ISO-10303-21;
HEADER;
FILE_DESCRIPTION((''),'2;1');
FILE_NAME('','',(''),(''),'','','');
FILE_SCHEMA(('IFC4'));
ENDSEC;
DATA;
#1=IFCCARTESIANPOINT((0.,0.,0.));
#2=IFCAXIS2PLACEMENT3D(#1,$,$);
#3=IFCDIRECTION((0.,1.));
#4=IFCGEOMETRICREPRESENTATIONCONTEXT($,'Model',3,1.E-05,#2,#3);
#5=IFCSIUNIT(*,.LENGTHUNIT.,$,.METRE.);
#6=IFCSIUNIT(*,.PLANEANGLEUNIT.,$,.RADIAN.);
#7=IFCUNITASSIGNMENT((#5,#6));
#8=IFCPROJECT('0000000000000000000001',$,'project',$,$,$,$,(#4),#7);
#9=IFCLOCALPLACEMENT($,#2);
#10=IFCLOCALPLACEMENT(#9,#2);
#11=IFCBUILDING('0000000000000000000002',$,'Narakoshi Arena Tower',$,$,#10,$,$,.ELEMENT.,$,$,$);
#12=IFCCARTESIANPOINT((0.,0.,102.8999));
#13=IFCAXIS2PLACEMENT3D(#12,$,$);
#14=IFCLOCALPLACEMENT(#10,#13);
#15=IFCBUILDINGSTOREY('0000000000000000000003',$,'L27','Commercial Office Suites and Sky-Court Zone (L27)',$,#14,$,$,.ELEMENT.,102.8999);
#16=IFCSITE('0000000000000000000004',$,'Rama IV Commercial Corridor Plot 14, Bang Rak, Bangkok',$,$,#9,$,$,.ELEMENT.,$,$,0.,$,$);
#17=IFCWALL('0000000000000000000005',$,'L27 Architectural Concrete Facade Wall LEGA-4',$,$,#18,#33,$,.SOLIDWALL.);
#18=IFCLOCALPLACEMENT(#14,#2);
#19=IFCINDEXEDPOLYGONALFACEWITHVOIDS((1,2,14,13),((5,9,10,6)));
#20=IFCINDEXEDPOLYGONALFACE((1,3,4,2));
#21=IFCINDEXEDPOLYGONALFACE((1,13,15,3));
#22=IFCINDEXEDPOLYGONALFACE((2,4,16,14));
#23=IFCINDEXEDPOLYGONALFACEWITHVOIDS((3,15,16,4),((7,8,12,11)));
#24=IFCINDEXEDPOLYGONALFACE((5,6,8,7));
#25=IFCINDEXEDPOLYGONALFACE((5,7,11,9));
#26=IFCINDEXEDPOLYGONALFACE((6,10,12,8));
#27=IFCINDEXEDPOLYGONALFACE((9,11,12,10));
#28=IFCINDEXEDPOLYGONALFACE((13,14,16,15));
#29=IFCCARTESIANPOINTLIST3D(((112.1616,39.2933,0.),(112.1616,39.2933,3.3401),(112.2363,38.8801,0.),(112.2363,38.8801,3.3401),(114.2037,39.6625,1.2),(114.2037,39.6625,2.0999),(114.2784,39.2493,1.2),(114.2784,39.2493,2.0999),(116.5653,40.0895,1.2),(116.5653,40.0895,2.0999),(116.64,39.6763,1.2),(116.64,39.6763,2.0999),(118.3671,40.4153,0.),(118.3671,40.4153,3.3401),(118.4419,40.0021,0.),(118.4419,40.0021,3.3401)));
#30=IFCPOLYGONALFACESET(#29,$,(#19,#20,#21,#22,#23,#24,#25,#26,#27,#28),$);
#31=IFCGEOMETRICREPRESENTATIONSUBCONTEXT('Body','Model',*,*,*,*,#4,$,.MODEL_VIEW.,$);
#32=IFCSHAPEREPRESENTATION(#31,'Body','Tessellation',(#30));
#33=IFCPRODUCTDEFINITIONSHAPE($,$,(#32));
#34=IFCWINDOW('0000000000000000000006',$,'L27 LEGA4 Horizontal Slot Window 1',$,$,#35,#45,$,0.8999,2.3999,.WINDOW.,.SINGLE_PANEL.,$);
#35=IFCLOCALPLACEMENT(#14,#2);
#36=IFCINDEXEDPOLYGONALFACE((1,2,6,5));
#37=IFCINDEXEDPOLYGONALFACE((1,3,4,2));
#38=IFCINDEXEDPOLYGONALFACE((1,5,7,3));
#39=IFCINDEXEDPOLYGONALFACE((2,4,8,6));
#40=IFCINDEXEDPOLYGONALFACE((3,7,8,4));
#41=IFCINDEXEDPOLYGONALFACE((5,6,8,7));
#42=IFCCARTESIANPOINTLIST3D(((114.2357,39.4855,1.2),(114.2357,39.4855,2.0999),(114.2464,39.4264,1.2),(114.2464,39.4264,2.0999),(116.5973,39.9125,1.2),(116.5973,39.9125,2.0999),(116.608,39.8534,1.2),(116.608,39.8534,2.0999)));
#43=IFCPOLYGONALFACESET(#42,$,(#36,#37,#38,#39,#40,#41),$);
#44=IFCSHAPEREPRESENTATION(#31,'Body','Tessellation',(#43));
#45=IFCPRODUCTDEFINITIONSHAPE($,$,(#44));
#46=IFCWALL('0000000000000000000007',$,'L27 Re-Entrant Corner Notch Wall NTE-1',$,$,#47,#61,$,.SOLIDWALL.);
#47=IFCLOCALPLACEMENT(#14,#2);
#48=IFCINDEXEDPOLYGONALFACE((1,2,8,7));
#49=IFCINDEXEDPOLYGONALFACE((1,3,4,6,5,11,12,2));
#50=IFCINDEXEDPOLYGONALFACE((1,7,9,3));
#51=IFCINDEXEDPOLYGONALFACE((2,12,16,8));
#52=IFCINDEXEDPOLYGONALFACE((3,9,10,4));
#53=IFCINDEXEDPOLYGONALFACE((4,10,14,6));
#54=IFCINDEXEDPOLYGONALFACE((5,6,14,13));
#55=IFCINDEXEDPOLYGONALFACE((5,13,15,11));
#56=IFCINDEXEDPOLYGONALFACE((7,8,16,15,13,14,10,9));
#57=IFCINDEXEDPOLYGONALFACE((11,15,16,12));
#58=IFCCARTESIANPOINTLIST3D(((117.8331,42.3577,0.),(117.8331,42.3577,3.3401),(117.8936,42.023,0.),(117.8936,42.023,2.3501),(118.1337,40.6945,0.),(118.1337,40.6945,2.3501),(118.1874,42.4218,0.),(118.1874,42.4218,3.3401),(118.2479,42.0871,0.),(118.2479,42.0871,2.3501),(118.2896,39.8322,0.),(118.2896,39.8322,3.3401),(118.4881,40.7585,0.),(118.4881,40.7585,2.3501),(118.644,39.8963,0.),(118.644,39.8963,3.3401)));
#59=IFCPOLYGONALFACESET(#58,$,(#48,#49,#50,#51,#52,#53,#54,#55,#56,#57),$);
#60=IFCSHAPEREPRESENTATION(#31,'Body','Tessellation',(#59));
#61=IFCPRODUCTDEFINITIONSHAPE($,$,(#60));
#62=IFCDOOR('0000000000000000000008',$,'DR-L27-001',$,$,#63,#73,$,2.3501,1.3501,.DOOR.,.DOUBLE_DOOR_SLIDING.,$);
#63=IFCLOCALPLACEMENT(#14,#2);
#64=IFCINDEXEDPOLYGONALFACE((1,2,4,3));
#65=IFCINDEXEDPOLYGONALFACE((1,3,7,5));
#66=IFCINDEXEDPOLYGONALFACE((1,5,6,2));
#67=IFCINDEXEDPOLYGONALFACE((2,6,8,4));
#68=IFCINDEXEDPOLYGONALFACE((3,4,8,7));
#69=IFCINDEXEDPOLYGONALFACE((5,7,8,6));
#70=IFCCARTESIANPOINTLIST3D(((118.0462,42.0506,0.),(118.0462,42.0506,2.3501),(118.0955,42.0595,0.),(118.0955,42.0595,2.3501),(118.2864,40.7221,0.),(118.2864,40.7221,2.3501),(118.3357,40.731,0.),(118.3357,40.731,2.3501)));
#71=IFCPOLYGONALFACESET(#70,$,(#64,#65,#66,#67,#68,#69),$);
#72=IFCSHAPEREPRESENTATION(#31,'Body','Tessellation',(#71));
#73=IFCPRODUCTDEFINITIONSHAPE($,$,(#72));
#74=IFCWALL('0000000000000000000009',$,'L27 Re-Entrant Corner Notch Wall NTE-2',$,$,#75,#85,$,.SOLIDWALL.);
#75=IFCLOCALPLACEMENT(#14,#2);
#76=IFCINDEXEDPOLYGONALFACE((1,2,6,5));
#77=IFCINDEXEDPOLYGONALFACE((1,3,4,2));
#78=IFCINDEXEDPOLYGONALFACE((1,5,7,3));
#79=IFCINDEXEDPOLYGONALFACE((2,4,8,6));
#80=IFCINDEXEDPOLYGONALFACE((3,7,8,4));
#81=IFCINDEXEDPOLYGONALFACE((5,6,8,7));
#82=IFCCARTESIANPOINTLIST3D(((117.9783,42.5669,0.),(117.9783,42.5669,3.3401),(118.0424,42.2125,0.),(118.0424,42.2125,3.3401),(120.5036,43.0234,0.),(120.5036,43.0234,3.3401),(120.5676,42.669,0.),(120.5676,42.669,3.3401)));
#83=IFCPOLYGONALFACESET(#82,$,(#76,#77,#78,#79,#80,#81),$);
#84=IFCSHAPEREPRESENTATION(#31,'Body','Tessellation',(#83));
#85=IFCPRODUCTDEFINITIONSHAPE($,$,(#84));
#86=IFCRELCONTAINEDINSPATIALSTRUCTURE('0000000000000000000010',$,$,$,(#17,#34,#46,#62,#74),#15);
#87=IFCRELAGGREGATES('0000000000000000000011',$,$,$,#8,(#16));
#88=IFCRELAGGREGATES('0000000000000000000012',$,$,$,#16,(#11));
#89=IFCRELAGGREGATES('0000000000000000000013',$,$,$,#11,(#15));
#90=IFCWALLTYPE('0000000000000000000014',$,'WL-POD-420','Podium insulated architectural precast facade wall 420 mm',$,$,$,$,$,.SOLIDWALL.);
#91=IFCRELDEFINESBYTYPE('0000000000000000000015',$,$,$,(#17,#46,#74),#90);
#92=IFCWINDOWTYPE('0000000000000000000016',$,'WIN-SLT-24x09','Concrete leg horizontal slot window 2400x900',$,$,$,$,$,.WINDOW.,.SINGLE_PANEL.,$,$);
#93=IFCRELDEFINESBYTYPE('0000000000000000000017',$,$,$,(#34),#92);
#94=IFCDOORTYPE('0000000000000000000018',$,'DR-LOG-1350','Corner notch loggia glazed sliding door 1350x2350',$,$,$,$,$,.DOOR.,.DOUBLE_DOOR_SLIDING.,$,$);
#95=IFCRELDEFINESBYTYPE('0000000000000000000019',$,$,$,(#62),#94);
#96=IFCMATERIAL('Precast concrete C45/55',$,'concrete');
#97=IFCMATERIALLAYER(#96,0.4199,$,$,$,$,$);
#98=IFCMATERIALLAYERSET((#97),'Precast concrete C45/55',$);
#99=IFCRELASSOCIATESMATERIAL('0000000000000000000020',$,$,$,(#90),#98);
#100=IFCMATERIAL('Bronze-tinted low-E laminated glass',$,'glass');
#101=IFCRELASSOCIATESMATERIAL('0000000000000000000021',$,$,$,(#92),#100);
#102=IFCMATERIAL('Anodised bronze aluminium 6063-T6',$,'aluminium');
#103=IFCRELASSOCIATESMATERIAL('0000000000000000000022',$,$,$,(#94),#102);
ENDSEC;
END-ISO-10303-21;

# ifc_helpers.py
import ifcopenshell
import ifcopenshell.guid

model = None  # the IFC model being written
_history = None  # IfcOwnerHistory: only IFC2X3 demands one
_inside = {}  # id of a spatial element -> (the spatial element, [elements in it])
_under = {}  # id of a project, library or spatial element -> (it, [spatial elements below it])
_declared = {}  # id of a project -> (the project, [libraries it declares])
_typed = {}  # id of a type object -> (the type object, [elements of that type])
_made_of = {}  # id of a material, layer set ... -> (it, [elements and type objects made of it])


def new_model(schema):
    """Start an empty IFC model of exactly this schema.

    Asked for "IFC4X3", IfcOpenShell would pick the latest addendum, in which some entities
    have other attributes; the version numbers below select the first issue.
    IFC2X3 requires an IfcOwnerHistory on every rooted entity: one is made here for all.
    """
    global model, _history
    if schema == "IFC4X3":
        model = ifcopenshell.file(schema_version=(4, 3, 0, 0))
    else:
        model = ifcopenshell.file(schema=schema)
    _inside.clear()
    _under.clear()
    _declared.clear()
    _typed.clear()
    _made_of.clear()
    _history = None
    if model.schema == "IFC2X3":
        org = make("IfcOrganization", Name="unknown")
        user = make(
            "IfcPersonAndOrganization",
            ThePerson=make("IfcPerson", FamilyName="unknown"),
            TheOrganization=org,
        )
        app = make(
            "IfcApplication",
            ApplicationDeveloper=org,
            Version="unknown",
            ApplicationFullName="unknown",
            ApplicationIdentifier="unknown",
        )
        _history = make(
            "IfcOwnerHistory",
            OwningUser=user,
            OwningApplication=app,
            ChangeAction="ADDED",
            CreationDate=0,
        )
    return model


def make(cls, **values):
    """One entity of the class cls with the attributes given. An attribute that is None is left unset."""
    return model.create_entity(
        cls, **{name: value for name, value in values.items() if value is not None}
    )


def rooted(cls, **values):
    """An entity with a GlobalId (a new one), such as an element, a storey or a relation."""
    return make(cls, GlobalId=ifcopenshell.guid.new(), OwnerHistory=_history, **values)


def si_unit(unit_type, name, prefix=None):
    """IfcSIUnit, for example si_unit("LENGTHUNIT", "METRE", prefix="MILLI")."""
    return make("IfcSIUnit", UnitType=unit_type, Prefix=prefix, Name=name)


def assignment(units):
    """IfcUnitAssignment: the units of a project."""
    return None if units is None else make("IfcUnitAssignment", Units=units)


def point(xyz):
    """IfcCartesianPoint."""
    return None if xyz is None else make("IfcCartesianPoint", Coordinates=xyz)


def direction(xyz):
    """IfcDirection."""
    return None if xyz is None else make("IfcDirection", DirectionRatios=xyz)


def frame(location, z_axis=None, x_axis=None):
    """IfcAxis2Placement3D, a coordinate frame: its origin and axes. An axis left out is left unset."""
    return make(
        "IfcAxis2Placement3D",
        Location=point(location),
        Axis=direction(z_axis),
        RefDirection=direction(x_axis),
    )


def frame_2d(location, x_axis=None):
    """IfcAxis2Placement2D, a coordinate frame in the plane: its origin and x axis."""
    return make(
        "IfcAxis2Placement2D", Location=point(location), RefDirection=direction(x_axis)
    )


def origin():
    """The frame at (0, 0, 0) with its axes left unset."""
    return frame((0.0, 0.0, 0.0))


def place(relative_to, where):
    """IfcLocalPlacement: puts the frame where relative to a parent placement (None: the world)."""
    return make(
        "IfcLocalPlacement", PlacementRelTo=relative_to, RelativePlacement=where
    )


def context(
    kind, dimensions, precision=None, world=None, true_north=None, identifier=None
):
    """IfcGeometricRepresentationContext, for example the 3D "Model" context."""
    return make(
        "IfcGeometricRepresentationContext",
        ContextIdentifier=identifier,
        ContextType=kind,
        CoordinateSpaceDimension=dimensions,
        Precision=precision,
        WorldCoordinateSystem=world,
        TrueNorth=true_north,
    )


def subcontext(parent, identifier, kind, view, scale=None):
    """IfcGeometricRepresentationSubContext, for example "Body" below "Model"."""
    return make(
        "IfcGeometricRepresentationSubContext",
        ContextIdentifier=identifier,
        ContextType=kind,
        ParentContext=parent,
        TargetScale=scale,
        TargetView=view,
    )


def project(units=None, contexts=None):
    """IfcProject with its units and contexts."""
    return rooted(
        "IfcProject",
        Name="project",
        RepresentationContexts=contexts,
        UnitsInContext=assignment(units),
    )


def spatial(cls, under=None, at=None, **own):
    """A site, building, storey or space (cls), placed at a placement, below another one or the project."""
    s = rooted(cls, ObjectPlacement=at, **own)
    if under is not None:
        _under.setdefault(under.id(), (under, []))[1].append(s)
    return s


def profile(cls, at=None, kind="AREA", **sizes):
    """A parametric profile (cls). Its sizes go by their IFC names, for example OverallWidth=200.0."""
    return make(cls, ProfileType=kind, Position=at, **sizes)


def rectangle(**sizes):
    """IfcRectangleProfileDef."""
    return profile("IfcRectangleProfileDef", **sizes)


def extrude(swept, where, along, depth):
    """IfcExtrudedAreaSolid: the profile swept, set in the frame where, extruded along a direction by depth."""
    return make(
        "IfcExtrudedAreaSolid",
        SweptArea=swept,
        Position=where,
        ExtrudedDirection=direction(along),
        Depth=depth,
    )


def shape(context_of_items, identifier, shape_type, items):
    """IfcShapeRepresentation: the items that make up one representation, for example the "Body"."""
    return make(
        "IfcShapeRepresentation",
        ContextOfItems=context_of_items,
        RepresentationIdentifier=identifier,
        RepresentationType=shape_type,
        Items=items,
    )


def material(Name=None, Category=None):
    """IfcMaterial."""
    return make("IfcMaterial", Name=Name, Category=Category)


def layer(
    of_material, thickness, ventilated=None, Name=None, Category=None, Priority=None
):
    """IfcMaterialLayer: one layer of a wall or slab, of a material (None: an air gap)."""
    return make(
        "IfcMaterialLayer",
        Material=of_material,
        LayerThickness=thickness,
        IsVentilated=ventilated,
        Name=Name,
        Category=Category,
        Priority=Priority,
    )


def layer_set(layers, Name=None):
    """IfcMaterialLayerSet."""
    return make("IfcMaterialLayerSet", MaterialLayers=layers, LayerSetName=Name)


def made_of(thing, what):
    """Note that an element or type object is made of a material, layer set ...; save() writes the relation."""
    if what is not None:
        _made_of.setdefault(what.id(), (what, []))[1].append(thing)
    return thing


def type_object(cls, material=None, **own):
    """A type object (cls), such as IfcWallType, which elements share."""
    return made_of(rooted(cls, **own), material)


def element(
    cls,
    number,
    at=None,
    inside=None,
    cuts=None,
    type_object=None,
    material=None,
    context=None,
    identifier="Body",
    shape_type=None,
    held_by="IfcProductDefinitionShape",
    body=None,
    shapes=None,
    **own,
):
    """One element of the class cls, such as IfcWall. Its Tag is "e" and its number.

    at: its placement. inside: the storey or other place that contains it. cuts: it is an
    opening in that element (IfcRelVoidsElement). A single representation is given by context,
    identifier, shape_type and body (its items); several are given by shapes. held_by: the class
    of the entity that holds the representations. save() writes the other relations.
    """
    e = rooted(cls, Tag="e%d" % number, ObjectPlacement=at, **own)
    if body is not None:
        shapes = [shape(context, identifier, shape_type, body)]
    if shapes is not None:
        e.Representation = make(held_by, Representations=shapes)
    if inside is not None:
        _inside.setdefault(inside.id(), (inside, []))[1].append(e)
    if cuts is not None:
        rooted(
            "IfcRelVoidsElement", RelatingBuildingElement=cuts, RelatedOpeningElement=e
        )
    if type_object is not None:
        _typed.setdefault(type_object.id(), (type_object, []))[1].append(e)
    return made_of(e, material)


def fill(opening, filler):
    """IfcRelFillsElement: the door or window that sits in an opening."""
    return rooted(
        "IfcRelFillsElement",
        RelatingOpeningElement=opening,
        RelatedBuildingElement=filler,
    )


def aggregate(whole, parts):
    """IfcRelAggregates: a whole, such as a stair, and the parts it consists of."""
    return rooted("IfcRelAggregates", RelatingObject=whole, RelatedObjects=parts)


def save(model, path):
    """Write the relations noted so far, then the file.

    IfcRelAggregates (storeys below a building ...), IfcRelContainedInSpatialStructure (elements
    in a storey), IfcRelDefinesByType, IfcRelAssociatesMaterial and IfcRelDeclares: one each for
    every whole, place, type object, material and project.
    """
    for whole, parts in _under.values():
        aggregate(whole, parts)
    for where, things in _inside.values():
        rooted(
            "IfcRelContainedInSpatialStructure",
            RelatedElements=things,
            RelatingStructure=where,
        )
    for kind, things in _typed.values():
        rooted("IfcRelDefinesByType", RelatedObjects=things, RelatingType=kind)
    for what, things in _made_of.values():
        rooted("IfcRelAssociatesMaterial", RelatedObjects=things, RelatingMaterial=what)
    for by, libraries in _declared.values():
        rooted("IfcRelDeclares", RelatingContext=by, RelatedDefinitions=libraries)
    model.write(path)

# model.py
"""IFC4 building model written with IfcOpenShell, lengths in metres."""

from ifc_helpers import new_model, si_unit, direction, frame, frame_2d, origin, place, context, subcontext, project, spatial, rectangle, extrude, material, layer, layer_set, type_object, element, fill, save


model = new_model("IFC4")

# Units and contexts
model_context = context("Model", 3, precision=1e-05, world=origin(), true_north=direction((0.0, 1.0)))
body_context = subcontext(model_context, "Body", "Model", "MODEL_VIEW")
ifc_project = project(units=[si_unit("LENGTHUNIT", "METRE"), si_unit("PLANEANGLEUNIT", "RADIAN")], contexts=[model_context])

# Site, building, storey
site_placement = place(None, origin())
site = spatial("IfcSite", under=ifc_project, at=site_placement, Name="Rama IV Commercial Corridor Plot 14, Bang Rak, Bangkok", CompositionType="ELEMENT", RefElevation=0.0)
building_placement = place(site_placement, origin())
building = spatial("IfcBuilding", under=site, at=building_placement, Name="Narakoshi Arena Tower", CompositionType="ELEMENT")
storey_placement = place(building_placement, frame((0.0, 0.0, 102.8999)))
storey = spatial("IfcBuildingStorey", under=building, at=storey_placement, Name="L27", Description="Commercial Office Suites and Sky-Court Zone (L27)", CompositionType="ELEMENT", Elevation=102.8999)

# Shared definitions
ifc_material_1 = material(Name="Anodised bronze aluminium 6063-T6", Category="aluminium")
ifc_material_2 = material(Name="Bronze-tinted low-E laminated glass", Category="glass")

# Shared definitions
ifc_material_3 = material(Name="Precast concrete C45/55", Category="concrete")

# Wall, opening, window
ifc_layer_1 = layer(ifc_material_3, 0.4199)
ifc_layer_set_1 = layer_set([ifc_layer_1], Name="Precast concrete C45/55")
wall_type_1 = type_object("IfcWallType", Name="WL-POD-420", Description="Podium insulated architectural precast facade wall 420 mm", PredefinedType="SOLIDWALL", material=ifc_layer_set_1)
wall_1_placement = place(storey_placement, frame((112.199, 39.0867, 0.0), z_axis=(0.0, 0.0, 1.0), x_axis=(0.984043, 0.177931, 0.0)))
wall_1 = element("IfcWall", 1, at=wall_1_placement, inside=storey, type_object=wall_type_1, Name="L27 Architectural Concrete Facade Wall LEGA-4", PredefinedType="SOLIDWALL", context=body_context, shape_type="SweptSolid", body=[
    extrude(rectangle(XDim=6.3062, YDim=0.4199, at=frame_2d((3.1531, 0.0))), origin(), (0.0, 0.0, 1.0), 3.3401),
])
opening_1_placement = place(wall_1_placement, frame((2.0752, 0.0, 1.2)))
opening_1 = element("IfcOpeningElement", 2, at=opening_1_placement, cuts=wall_1, PredefinedType="OPENING", context=body_context, shape_type="SweptSolid", body=[
    extrude(rectangle(XDim=2.3999, YDim=0.8999, at=frame_2d((1.2, 0.45))), frame((0.0, 0.22, 0.0), z_axis=(0.0, -1.0, 0.0), x_axis=(1.0, 0.0, 0.0)), (0.0, 0.0, 1.0), 0.4399),
])
window_type = type_object("IfcWindowType", Name="WIN-SLT-24x09", Description="Concrete leg horizontal slot window 2400x900", PartitioningType="SINGLE_PANEL", PredefinedType="WINDOW", material=ifc_material_2)
window_placement = place(opening_1_placement, origin())
window = element("IfcWindow", 3, at=window_placement, inside=storey, type_object=window_type, Name="L27 LEGA4 Horizontal Slot Window 1", OverallHeight=0.8999, OverallWidth=2.3999, PartitioningType="SINGLE_PANEL", PredefinedType="WINDOW", context=body_context, shape_type="SweptSolid", body=[
    extrude(rectangle(XDim=2.3999, YDim=0.8999, at=frame_2d((1.2, 0.45))), frame((0.0, 0.03, 0.0), z_axis=(0.0, -1.0, 0.0), x_axis=(1.0, 0.0, 0.0)), (0.0, 0.0, 1.0), 0.0601),
])
fill(opening_1, window)

# Wall, opening, door
wall_2_placement = place(storey_placement, frame((118.4668, 39.8643, 0.0), z_axis=(0.0, 0.0, 1.0), x_axis=(-0.177897, 0.984049, 0.0)))
wall_2 = element("IfcWall", 4, at=wall_2_placement, inside=storey, type_object=wall_type_1, Name="L27 Re-Entrant Corner Notch Wall NTE-1", PredefinedType="SOLIDWALL", context=body_context, shape_type="SweptSolid", body=[
    extrude(rectangle(XDim=2.5664, YDim=0.3601, at=frame_2d((1.2832, 0.0))), origin(), (0.0, 0.0, 1.0), 3.3401),
])
opening_2_placement = place(wall_2_placement, frame((0.8762, 0.0, 0.0)))
opening_2 = element("IfcOpeningElement", 5, at=opening_2_placement, cuts=wall_2, PredefinedType="OPENING", context=body_context, shape_type="SweptSolid", body=[
    extrude(rectangle(XDim=1.3501, YDim=2.3501, at=frame_2d((0.675, 1.175))), frame((0.0, 0.1899, 0.0), z_axis=(0.0, -1.0, 0.0), x_axis=(1.0, 0.0, 0.0)), (0.0, 0.0, 1.0), 0.3801),
])
door_type = type_object("IfcDoorType", Name="DR-LOG-1350", Description="Corner notch loggia glazed sliding door 1350x2350", OperationType="DOUBLE_DOOR_SLIDING", PredefinedType="DOOR", material=ifc_material_1)
door_placement = place(opening_2_placement, origin())
door = element("IfcDoor", 6, at=door_placement, inside=storey, type_object=door_type, Name="DR-L27-001", OperationType="DOUBLE_DOOR_SLIDING", OverallHeight=2.3501, OverallWidth=1.3501, PredefinedType="DOOR", context=body_context, shape_type="SweptSolid", body=[
    extrude(rectangle(XDim=1.3501, YDim=2.3501, at=frame_2d((0.675, 1.175))), frame((0.0, 0.0249, 0.0), z_axis=(0.0, -1.0, 0.0), x_axis=(1.0, 0.0, 0.0)), (0.0, 0.0, 1.0), 0.05),
])
fill(opening_2, door)

# Wall
wall_3_placement = place(storey_placement, frame((118.0103, 42.3896, 0.0), z_axis=(0.0, 0.0, 1.0), x_axis=(0.984046, 0.177914, 0.0)))
element("IfcWall", 7, at=wall_3_placement, inside=storey, type_object=wall_type_1, Name="L27 Re-Entrant Corner Notch Wall NTE-2", PredefinedType="SOLIDWALL", context=body_context, shape_type="SweptSolid", body=[
    extrude(rectangle(XDim=2.5662, YDim=0.3601, at=frame_2d((1.2832, 0.0))), origin(), (0.0, 0.0, 1.0), 3.3401),
])

save(model, "model.ifc")
